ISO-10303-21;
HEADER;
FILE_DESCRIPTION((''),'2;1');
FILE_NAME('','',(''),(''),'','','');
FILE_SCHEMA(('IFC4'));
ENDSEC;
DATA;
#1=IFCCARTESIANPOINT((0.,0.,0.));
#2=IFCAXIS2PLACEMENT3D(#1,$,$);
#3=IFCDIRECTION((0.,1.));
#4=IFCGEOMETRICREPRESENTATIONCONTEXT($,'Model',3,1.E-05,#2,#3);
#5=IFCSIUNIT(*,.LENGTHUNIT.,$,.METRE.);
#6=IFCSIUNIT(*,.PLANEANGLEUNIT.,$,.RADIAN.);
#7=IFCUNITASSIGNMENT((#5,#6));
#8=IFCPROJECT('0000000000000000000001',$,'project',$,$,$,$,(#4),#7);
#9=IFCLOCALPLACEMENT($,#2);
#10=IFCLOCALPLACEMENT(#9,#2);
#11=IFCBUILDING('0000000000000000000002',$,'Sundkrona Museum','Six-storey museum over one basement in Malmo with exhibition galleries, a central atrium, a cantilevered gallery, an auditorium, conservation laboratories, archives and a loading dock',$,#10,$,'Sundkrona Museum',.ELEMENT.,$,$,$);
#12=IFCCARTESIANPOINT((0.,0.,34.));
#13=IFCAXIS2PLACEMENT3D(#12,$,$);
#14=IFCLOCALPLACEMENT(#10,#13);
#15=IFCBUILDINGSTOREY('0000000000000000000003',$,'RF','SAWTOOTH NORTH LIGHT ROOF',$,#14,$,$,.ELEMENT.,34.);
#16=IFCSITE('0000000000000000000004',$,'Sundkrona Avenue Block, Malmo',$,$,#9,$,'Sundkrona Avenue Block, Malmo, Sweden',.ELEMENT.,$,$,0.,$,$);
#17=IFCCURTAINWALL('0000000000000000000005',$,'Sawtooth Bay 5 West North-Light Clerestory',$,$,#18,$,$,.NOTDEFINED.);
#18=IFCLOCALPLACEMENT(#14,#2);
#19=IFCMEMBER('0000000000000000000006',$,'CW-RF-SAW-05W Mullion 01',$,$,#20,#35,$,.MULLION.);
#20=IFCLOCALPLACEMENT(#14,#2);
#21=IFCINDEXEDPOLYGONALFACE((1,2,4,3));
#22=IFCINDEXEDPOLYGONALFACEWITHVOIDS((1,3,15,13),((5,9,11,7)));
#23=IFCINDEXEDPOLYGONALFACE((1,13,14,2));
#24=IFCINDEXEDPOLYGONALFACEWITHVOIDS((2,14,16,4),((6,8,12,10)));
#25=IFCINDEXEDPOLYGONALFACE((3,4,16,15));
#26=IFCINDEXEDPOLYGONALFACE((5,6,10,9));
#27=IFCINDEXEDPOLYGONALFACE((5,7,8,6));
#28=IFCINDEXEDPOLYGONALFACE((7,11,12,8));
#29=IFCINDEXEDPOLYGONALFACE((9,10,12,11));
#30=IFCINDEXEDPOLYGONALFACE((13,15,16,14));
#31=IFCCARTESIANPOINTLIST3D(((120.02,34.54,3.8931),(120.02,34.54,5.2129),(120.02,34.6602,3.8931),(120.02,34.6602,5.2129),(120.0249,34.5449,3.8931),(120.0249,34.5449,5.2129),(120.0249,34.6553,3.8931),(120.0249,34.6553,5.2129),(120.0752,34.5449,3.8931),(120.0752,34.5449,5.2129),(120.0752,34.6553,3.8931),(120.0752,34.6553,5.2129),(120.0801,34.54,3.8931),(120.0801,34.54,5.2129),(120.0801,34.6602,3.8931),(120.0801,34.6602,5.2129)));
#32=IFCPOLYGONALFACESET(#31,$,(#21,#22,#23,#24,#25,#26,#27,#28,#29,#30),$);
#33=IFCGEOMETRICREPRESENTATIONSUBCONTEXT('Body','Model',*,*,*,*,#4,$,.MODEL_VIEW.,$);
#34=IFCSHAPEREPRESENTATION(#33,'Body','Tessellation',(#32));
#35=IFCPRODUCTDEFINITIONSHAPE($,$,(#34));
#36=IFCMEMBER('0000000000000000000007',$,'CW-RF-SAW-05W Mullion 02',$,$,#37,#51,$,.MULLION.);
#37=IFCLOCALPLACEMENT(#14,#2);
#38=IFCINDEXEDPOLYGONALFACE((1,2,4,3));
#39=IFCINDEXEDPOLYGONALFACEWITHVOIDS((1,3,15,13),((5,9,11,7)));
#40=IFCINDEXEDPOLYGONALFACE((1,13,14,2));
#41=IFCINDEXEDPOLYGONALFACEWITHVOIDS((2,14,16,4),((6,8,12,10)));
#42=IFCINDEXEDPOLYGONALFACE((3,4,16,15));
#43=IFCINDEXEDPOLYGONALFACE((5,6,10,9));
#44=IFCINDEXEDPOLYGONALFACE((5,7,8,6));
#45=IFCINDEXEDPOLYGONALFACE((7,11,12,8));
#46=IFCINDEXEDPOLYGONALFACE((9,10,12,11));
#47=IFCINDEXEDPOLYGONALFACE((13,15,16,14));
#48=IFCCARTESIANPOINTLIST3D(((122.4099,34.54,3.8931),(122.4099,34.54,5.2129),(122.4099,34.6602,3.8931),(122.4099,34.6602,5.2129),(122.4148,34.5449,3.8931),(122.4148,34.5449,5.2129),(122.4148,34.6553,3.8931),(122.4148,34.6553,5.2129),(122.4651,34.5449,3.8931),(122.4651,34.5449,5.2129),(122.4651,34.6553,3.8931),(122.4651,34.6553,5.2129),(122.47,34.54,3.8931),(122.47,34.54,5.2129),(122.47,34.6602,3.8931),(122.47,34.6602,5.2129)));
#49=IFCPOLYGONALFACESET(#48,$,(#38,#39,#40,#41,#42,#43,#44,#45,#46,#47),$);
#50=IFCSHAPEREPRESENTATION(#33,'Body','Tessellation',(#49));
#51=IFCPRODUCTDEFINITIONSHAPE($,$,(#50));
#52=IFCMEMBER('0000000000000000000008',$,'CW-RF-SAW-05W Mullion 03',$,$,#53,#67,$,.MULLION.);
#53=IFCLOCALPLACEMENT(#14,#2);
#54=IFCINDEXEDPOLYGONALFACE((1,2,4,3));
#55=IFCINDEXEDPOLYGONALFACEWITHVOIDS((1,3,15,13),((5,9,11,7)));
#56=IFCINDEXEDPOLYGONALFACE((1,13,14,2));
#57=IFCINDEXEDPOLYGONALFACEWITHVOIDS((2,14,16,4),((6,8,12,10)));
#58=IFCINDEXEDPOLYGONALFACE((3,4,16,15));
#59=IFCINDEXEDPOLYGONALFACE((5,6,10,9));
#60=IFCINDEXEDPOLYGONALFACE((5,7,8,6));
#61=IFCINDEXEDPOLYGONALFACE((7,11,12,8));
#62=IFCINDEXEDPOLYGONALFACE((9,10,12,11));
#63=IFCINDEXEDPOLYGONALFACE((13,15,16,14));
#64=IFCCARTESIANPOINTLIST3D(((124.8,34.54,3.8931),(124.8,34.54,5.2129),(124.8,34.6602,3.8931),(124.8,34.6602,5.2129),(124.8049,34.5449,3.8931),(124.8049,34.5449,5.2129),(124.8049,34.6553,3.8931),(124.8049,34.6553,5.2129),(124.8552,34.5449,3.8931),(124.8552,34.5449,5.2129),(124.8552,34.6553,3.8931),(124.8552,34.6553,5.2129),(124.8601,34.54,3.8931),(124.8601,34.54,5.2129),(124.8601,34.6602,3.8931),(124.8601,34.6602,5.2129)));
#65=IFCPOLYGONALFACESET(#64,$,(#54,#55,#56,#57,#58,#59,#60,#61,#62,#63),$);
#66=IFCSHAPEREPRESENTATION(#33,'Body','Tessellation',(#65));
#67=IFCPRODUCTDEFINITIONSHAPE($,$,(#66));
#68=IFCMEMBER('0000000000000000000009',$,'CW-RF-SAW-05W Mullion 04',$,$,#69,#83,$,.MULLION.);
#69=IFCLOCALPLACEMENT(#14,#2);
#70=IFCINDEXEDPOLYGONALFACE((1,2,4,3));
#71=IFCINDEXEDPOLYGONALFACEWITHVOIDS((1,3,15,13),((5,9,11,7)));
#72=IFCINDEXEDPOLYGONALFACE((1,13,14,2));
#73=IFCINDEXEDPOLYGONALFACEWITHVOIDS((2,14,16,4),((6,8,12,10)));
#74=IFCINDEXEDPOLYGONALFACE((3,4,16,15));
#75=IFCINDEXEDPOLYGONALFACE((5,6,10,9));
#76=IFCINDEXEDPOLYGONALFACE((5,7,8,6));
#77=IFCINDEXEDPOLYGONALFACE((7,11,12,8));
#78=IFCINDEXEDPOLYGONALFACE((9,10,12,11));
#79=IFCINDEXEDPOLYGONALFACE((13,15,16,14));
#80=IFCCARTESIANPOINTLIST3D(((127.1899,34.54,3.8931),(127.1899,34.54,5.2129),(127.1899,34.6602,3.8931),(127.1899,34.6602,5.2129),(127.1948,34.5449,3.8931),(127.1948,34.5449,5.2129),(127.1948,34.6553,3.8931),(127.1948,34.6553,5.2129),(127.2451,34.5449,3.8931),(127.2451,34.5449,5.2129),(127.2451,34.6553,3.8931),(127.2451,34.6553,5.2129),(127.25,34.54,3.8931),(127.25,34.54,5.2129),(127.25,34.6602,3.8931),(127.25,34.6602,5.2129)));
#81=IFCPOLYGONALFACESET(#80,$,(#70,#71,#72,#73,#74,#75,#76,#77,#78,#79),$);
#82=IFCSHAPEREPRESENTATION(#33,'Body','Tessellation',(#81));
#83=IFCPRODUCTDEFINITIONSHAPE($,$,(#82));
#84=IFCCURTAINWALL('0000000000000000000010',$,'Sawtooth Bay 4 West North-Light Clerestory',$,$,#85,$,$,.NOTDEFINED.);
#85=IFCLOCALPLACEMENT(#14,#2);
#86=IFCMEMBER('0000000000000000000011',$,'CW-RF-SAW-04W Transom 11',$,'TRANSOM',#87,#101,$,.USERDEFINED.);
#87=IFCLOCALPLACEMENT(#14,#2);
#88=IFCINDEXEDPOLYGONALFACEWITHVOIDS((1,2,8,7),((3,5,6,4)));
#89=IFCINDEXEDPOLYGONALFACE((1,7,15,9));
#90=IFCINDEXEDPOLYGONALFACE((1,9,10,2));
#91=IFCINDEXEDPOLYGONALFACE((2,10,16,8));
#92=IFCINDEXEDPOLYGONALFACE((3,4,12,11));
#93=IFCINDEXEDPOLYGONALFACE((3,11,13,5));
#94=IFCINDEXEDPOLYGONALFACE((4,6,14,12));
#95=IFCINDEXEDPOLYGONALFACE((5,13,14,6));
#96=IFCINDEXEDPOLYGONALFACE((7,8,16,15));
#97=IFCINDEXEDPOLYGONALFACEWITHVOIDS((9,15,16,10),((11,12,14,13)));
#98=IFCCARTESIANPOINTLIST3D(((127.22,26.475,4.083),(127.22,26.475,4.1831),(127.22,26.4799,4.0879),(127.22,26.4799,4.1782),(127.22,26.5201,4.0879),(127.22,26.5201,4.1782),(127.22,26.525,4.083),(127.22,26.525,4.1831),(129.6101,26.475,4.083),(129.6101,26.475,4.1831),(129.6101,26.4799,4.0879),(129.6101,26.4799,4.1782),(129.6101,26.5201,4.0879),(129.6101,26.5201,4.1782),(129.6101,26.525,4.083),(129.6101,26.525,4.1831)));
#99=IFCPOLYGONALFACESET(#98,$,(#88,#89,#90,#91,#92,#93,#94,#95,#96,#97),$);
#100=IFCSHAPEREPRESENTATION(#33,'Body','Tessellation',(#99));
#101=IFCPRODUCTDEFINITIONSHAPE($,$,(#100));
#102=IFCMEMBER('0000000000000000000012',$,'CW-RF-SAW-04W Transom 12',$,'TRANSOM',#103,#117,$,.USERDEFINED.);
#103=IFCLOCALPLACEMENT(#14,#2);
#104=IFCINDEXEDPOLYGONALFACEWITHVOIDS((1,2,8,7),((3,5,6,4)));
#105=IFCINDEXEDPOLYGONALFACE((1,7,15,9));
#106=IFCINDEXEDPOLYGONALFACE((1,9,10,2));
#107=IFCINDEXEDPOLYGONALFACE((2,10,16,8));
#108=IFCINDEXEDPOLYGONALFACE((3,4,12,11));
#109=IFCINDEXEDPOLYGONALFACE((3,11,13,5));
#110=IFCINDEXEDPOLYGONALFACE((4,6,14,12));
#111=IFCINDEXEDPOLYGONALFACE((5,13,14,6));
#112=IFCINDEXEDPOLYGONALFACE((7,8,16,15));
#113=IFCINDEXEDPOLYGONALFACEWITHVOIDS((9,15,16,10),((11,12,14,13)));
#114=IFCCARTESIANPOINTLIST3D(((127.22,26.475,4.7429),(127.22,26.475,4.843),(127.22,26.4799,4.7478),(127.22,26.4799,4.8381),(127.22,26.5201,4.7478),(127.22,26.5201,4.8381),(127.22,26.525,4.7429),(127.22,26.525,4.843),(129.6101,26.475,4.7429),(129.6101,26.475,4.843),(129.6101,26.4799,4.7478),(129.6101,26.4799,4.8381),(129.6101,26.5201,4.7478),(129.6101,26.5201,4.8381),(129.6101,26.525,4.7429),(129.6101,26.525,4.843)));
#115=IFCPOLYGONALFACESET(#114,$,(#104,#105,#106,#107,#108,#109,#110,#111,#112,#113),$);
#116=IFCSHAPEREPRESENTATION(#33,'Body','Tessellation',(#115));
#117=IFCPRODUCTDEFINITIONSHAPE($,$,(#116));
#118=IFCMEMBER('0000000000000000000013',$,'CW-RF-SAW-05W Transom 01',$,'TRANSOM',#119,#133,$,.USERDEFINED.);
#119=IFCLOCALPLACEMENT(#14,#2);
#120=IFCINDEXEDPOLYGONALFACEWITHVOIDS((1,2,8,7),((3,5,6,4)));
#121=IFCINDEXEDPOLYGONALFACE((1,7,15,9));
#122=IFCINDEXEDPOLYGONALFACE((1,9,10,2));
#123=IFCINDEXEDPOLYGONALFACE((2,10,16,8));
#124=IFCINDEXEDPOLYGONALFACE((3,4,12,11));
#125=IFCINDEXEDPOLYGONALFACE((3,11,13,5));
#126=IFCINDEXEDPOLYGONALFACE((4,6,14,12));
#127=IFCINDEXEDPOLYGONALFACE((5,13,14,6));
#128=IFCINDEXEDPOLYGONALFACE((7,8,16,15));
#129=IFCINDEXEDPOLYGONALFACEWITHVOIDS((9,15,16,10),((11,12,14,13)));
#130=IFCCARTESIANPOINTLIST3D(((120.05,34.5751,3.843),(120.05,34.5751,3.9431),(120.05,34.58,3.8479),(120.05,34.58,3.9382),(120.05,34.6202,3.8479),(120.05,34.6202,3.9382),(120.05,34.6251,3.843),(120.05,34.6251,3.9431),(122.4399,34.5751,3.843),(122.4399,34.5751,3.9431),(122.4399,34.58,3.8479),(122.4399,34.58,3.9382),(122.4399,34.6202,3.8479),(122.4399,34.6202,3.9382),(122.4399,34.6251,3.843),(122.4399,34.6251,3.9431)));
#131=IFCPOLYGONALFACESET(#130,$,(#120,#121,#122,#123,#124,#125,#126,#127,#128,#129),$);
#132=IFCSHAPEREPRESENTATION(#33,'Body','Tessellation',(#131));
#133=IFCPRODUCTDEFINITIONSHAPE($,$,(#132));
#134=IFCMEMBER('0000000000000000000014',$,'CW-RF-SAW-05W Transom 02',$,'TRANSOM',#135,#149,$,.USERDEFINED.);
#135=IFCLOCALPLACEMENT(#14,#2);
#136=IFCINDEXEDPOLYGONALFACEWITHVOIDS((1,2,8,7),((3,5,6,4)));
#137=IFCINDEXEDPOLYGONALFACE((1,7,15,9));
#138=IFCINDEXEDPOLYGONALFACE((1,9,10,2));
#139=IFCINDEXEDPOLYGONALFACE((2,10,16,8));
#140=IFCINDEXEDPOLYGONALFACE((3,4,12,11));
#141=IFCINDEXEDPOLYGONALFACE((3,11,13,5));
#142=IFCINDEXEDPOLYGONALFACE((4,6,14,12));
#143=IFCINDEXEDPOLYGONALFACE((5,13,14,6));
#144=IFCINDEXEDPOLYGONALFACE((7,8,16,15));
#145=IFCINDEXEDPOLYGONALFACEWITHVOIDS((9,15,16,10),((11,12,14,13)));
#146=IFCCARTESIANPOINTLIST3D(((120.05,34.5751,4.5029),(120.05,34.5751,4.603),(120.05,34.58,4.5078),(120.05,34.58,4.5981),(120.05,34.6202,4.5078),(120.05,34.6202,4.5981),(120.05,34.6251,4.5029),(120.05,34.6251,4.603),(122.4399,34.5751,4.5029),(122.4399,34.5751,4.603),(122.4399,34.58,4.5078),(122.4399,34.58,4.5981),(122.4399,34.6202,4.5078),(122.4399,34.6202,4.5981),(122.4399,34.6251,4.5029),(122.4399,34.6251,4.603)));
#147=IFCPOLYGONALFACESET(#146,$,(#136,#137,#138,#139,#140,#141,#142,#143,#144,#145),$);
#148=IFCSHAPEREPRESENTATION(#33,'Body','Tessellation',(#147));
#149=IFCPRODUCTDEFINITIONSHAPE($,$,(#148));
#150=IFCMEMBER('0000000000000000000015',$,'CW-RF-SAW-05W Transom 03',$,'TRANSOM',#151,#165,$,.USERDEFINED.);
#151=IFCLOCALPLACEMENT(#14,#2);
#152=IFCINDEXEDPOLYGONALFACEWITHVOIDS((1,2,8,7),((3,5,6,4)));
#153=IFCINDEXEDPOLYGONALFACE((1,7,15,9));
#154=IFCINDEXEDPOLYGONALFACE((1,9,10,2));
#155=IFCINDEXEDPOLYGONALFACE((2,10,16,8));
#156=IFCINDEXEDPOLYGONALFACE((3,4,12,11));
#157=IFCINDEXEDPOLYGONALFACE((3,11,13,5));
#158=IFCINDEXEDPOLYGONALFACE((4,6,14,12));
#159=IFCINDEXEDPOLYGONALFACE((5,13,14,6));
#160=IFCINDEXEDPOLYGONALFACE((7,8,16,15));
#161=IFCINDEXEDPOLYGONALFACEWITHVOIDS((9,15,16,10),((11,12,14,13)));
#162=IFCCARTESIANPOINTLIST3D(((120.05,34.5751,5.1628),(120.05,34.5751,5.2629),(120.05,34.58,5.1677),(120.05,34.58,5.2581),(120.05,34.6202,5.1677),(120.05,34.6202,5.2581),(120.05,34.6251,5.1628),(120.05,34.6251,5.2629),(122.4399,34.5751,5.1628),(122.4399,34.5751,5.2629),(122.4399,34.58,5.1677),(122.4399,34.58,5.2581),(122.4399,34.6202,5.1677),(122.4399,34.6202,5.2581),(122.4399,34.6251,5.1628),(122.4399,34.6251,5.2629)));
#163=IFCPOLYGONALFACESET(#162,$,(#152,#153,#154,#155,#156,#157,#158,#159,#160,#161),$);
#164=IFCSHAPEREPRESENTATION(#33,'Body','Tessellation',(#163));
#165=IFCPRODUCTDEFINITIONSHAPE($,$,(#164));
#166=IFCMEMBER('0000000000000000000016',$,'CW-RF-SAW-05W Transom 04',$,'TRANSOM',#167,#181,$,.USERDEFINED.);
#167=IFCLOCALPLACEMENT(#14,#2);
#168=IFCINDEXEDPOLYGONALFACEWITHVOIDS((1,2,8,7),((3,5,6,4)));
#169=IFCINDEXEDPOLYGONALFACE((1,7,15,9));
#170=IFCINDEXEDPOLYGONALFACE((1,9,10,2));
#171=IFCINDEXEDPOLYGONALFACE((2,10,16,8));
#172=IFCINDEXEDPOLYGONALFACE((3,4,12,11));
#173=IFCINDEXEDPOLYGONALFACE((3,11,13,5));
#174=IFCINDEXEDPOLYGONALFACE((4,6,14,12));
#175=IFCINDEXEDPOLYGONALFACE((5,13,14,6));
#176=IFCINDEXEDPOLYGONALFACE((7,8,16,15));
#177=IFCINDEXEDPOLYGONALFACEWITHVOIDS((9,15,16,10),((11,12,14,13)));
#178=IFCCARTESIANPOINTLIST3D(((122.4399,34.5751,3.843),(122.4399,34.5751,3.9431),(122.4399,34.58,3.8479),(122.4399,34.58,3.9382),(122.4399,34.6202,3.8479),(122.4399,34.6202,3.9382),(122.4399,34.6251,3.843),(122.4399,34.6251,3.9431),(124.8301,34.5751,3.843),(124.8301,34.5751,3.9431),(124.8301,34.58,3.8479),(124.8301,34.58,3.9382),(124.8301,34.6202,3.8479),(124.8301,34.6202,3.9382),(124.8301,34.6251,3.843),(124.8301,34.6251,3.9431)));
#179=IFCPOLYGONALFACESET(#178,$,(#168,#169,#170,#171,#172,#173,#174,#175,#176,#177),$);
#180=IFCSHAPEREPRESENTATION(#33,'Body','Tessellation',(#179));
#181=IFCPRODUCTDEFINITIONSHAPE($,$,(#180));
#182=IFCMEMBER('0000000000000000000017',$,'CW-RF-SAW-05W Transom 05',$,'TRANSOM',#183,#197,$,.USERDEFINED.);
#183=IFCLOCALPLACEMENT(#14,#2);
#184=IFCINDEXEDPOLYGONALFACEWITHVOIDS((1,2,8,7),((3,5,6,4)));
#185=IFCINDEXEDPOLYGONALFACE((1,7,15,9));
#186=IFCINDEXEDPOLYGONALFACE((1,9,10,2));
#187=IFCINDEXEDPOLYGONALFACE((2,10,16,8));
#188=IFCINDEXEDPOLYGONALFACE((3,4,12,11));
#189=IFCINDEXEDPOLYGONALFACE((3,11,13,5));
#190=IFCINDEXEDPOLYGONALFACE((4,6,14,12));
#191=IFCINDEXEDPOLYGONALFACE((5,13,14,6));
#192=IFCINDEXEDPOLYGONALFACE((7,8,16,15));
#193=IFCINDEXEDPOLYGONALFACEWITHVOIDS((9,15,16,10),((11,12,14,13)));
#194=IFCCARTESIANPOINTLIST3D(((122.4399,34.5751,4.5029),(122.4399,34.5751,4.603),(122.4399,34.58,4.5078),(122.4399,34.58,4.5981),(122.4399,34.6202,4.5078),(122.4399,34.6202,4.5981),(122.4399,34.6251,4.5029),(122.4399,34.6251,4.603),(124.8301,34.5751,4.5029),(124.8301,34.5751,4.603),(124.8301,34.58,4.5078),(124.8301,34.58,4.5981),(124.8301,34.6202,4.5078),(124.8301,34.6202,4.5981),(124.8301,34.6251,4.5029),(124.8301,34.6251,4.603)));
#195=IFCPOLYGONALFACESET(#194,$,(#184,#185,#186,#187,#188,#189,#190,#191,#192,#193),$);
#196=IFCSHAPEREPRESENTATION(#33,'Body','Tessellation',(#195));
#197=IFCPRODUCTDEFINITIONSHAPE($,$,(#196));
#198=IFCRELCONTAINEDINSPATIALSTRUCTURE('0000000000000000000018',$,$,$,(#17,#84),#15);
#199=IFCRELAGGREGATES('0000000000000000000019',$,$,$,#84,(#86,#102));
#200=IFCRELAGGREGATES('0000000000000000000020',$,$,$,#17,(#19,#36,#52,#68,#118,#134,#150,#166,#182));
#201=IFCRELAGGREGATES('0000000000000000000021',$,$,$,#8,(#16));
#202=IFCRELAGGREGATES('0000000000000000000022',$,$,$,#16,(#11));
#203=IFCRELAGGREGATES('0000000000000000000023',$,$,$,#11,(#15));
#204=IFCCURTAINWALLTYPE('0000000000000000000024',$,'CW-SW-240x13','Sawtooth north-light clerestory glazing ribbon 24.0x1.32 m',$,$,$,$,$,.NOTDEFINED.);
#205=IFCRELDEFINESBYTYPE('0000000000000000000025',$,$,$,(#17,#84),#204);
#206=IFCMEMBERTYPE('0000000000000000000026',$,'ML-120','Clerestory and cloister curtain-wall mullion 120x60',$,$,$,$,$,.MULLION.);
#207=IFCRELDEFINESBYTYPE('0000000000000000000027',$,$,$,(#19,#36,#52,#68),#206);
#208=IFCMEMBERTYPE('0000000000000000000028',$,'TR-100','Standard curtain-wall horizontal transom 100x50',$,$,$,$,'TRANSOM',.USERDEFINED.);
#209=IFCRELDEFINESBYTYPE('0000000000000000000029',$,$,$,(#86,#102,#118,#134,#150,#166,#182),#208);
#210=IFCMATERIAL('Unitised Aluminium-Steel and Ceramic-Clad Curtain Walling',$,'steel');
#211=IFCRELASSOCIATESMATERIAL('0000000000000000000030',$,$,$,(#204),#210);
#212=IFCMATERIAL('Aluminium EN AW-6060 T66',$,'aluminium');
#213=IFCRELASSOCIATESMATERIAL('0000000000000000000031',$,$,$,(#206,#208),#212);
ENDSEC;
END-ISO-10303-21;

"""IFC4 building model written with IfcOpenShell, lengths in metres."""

from ifc_helpers import new_model, si_unit, direction, frame, origin, origin_2d, place, context, subcontext, project, spatial, hollow_rectangle, extrude, material, material_profile, profile_set, type_object, element, aggregate, save


model = new_model("IFC4")

# Units and contexts
model_context = context("Model", 3, precision=1e-05, world=origin(), true_north=direction((0.0, 1.0)))
body_context = subcontext(model_context, "Body", "Model", "MODEL_VIEW")
ifc_project = project(units=[si_unit("LENGTHUNIT", "METRE"), si_unit("PLANEANGLEUNIT", "RADIAN")], contexts=[model_context])

# Site, building, storey
site_placement = place(None, origin())
site = spatial("IfcSite", under=ifc_project, at=site_placement, Name="Sundkrona Avenue Block, Malmo", LongName="Sundkrona Avenue Block, Malmo, Sweden", CompositionType="ELEMENT", RefElevation=0.0)
building_placement = place(site_placement, origin())
building = spatial("IfcBuilding", under=site, at=building_placement, Name="Sundkrona Museum", Description="Six-storey museum over one basement in Malmo with exhibition galleries, a central atrium, a cantilevered gallery, an auditorium, conservation laboratories, archives and a loading dock", LongName="Sundkrona Museum", CompositionType="ELEMENT")
storey_placement = place(building_placement, frame((0.0, 0.0, 34.0)))
storey = spatial("IfcBuildingStorey", under=building, at=storey_placement, Name="RF", Description="SAWTOOTH NORTH LIGHT ROOF", CompositionType="ELEMENT", Elevation=34.0)

# Curtain walls, members
ifc_material_1 = material(Name="Unitised Aluminium-Steel and Ceramic-Clad Curtain Walling", Category="steel")
curtain_wall_type = type_object("IfcCurtainWallType", Name="CW-SW-240x13", Description="Sawtooth north-light clerestory glazing ribbon 24.0x1.32 m", PredefinedType="NOTDEFINED", material=ifc_material_1)
curtain_wall_1_placement = place(storey_placement, origin())
curtain_wall_1 = element("IfcCurtainWall", 1, at=curtain_wall_1_placement, inside=storey, type_object=curtain_wall_type, Name="Sawtooth Bay 5 West North-Light Clerestory", PredefinedType="NOTDEFINED")
ifc_material_2 = material(Name="Aluminium EN AW-6060 T66", Category="aluminium")
ifc_material_profile_1 = material_profile(ifc_material_2, hollow_rectangle(XDim=0.0601, YDim=0.1201, WallThickness=0.0049, at=origin_2d()), Name="RHS 120x60x5.0")
ifc_profile_set_1 = profile_set([ifc_material_profile_1], Name="Aluminium EN AW-6060 T66")
member_type_1 = type_object("IfcMemberType", Name="ML-120", Description="Clerestory and cloister curtain-wall mullion 120x60", PredefinedType="MULLION", material=ifc_profile_set_1)
member_1_placement = place(storey_placement, frame((120.05, 34.6001, 3.8931), z_axis=(0.0, 0.0, 1.0), x_axis=(1.0, 0.0, 0.0)))
member_1 = element("IfcMember", 2, at=member_1_placement, type_object=member_type_1, Name="CW-RF-SAW-05W Mullion 01", PredefinedType="MULLION", context=body_context, shape_type="SweptSolid", body=[
    extrude(hollow_rectangle(XDim=0.0601, YDim=0.1201, WallThickness=0.0049, at=origin_2d()), origin(), (0.0, 0.0, 1.0), 1.3198),
])
member_2_placement = place(storey_placement, frame((122.4399, 34.6001, 3.8931), z_axis=(0.0, 0.0, 1.0), x_axis=(1.0, 0.0, 0.0)))
member_2 = element("IfcMember", 3, at=member_2_placement, type_object=member_type_1, Name="CW-RF-SAW-05W Mullion 02", PredefinedType="MULLION", context=body_context, shape_type="SweptSolid", body=[
    extrude(hollow_rectangle(XDim=0.0601, YDim=0.1201, WallThickness=0.0049, at=origin_2d()), origin(), (0.0, 0.0, 1.0), 1.3198),
])
member_3_placement = place(storey_placement, frame((124.8301, 34.6001, 3.8931), z_axis=(0.0, 0.0, 1.0), x_axis=(1.0, 0.0, 0.0)))
member_3 = element("IfcMember", 4, at=member_3_placement, type_object=member_type_1, Name="CW-RF-SAW-05W Mullion 03", PredefinedType="MULLION", context=body_context, shape_type="SweptSolid", body=[
    extrude(hollow_rectangle(XDim=0.0601, YDim=0.1201, WallThickness=0.0049, at=origin_2d()), origin(), (0.0, 0.0, 1.0), 1.3198),
])
member_4_placement = place(storey_placement, frame((127.22, 34.6001, 3.8931), z_axis=(0.0, 0.0, 1.0), x_axis=(1.0, 0.0, 0.0)))
member_4 = element("IfcMember", 5, at=member_4_placement, type_object=member_type_1, Name="CW-RF-SAW-05W Mullion 04", PredefinedType="MULLION", context=body_context, shape_type="SweptSolid", body=[
    extrude(hollow_rectangle(XDim=0.0601, YDim=0.1201, WallThickness=0.0049, at=origin_2d()), origin(), (0.0, 0.0, 1.0), 1.3198),
])
curtain_wall_2_placement = place(storey_placement, origin())
curtain_wall_2 = element("IfcCurtainWall", 6, at=curtain_wall_2_placement, inside=storey, type_object=curtain_wall_type, Name="Sawtooth Bay 4 West North-Light Clerestory", PredefinedType="NOTDEFINED")
ifc_material_profile_2 = material_profile(ifc_material_2, hollow_rectangle(XDim=0.05, YDim=0.1001, WallThickness=0.0049, at=origin_2d()), Name="RHS 100x50x5.0")
ifc_profile_set_2 = profile_set([ifc_material_profile_2], Name="Aluminium EN AW-6060 T66")
member_type_2 = type_object("IfcMemberType", Name="TR-100", Description="Standard curtain-wall horizontal transom 100x50", ElementType="TRANSOM", PredefinedType="USERDEFINED", material=ifc_profile_set_2)
member_5_placement = place(storey_placement, frame((127.22, 26.5, 4.1331), z_axis=(1.0, 0.0, 0.0), x_axis=(0.0, 1.0, 0.0)))
member_5 = element("IfcMember", 7, at=member_5_placement, type_object=member_type_2, Name="CW-RF-SAW-04W Transom 11", ObjectType="TRANSOM", PredefinedType="USERDEFINED", context=body_context, shape_type="SweptSolid", body=[
    extrude(hollow_rectangle(XDim=0.05, YDim=0.1001, WallThickness=0.0049, at=origin_2d()), origin(), (0.0, 0.0, 1.0), 2.3901),
])
member_6_placement = place(storey_placement, frame((127.22, 26.5, 4.793), z_axis=(1.0, 0.0, 0.0), x_axis=(0.0, 1.0, 0.0)))
member_6 = element("IfcMember", 8, at=member_6_placement, type_object=member_type_2, Name="CW-RF-SAW-04W Transom 12", ObjectType="TRANSOM", PredefinedType="USERDEFINED", context=body_context, shape_type="SweptSolid", body=[
    extrude(hollow_rectangle(XDim=0.05, YDim=0.1001, WallThickness=0.0049, at=origin_2d()), origin(), (0.0, 0.0, 1.0), 2.3901),
])
aggregate(curtain_wall_2, [member_5, member_6])

# Members
member_7_placement = place(storey_placement, frame((120.05, 34.6001, 3.8931), z_axis=(1.0, 0.0, 0.0), x_axis=(0.0, 1.0, 0.0)))
member_7 = element("IfcMember", 9, at=member_7_placement, type_object=member_type_2, Name="CW-RF-SAW-05W Transom 01", ObjectType="TRANSOM", PredefinedType="USERDEFINED", context=body_context, shape_type="SweptSolid", body=[
    extrude(hollow_rectangle(XDim=0.05, YDim=0.1001, WallThickness=0.0049, at=origin_2d()), origin(), (0.0, 0.0, 1.0), 2.3899),
])
member_8_placement = place(storey_placement, frame((120.05, 34.6001, 4.553), z_axis=(1.0, 0.0, 0.0), x_axis=(0.0, 1.0, 0.0)))
member_8 = element("IfcMember", 10, at=member_8_placement, type_object=member_type_2, Name="CW-RF-SAW-05W Transom 02", ObjectType="TRANSOM", PredefinedType="USERDEFINED", context=body_context, shape_type="SweptSolid", body=[
    extrude(hollow_rectangle(XDim=0.05, YDim=0.1001, WallThickness=0.0049, at=origin_2d()), origin(), (0.0, 0.0, 1.0), 2.3899),
])
member_9_placement = place(storey_placement, frame((120.05, 34.6001, 5.2129), z_axis=(1.0, 0.0, 0.0), x_axis=(0.0, 1.0, 0.0)))
member_9 = element("IfcMember", 11, at=member_9_placement, type_object=member_type_2, Name="CW-RF-SAW-05W Transom 03", ObjectType="TRANSOM", PredefinedType="USERDEFINED", context=body_context, shape_type="SweptSolid", body=[
    extrude(hollow_rectangle(XDim=0.05, YDim=0.1001, WallThickness=0.0049, at=origin_2d()), origin(), (0.0, 0.0, 1.0), 2.3899),
])
member_10_placement = place(storey_placement, frame((122.4399, 34.6001, 3.8931), z_axis=(1.0, 0.0, 0.0), x_axis=(0.0, 1.0, 0.0)))
member_10 = element("IfcMember", 12, at=member_10_placement, type_object=member_type_2, Name="CW-RF-SAW-05W Transom 04", ObjectType="TRANSOM", PredefinedType="USERDEFINED", context=body_context, shape_type="SweptSolid", body=[
    extrude(hollow_rectangle(XDim=0.05, YDim=0.1001, WallThickness=0.0049, at=origin_2d()), origin(), (0.0, 0.0, 1.0), 2.3901),
])
member_11_placement = place(storey_placement, frame((122.4399, 34.6001, 4.553), z_axis=(1.0, 0.0, 0.0), x_axis=(0.0, 1.0, 0.0)))
member_11 = element("IfcMember", 13, at=member_11_placement, type_object=member_type_2, Name="CW-RF-SAW-05W Transom 05", ObjectType="TRANSOM", PredefinedType="USERDEFINED", context=body_context, shape_type="SweptSolid", body=[
    extrude(hollow_rectangle(XDim=0.05, YDim=0.1001, WallThickness=0.0049, at=origin_2d()), origin(), (0.0, 0.0, 1.0), 2.3901),
])

aggregate(curtain_wall_1, [member_1, member_2, member_3, member_4, member_7, member_8, member_9, member_10, member_11])

save(model, "model.ifc")
